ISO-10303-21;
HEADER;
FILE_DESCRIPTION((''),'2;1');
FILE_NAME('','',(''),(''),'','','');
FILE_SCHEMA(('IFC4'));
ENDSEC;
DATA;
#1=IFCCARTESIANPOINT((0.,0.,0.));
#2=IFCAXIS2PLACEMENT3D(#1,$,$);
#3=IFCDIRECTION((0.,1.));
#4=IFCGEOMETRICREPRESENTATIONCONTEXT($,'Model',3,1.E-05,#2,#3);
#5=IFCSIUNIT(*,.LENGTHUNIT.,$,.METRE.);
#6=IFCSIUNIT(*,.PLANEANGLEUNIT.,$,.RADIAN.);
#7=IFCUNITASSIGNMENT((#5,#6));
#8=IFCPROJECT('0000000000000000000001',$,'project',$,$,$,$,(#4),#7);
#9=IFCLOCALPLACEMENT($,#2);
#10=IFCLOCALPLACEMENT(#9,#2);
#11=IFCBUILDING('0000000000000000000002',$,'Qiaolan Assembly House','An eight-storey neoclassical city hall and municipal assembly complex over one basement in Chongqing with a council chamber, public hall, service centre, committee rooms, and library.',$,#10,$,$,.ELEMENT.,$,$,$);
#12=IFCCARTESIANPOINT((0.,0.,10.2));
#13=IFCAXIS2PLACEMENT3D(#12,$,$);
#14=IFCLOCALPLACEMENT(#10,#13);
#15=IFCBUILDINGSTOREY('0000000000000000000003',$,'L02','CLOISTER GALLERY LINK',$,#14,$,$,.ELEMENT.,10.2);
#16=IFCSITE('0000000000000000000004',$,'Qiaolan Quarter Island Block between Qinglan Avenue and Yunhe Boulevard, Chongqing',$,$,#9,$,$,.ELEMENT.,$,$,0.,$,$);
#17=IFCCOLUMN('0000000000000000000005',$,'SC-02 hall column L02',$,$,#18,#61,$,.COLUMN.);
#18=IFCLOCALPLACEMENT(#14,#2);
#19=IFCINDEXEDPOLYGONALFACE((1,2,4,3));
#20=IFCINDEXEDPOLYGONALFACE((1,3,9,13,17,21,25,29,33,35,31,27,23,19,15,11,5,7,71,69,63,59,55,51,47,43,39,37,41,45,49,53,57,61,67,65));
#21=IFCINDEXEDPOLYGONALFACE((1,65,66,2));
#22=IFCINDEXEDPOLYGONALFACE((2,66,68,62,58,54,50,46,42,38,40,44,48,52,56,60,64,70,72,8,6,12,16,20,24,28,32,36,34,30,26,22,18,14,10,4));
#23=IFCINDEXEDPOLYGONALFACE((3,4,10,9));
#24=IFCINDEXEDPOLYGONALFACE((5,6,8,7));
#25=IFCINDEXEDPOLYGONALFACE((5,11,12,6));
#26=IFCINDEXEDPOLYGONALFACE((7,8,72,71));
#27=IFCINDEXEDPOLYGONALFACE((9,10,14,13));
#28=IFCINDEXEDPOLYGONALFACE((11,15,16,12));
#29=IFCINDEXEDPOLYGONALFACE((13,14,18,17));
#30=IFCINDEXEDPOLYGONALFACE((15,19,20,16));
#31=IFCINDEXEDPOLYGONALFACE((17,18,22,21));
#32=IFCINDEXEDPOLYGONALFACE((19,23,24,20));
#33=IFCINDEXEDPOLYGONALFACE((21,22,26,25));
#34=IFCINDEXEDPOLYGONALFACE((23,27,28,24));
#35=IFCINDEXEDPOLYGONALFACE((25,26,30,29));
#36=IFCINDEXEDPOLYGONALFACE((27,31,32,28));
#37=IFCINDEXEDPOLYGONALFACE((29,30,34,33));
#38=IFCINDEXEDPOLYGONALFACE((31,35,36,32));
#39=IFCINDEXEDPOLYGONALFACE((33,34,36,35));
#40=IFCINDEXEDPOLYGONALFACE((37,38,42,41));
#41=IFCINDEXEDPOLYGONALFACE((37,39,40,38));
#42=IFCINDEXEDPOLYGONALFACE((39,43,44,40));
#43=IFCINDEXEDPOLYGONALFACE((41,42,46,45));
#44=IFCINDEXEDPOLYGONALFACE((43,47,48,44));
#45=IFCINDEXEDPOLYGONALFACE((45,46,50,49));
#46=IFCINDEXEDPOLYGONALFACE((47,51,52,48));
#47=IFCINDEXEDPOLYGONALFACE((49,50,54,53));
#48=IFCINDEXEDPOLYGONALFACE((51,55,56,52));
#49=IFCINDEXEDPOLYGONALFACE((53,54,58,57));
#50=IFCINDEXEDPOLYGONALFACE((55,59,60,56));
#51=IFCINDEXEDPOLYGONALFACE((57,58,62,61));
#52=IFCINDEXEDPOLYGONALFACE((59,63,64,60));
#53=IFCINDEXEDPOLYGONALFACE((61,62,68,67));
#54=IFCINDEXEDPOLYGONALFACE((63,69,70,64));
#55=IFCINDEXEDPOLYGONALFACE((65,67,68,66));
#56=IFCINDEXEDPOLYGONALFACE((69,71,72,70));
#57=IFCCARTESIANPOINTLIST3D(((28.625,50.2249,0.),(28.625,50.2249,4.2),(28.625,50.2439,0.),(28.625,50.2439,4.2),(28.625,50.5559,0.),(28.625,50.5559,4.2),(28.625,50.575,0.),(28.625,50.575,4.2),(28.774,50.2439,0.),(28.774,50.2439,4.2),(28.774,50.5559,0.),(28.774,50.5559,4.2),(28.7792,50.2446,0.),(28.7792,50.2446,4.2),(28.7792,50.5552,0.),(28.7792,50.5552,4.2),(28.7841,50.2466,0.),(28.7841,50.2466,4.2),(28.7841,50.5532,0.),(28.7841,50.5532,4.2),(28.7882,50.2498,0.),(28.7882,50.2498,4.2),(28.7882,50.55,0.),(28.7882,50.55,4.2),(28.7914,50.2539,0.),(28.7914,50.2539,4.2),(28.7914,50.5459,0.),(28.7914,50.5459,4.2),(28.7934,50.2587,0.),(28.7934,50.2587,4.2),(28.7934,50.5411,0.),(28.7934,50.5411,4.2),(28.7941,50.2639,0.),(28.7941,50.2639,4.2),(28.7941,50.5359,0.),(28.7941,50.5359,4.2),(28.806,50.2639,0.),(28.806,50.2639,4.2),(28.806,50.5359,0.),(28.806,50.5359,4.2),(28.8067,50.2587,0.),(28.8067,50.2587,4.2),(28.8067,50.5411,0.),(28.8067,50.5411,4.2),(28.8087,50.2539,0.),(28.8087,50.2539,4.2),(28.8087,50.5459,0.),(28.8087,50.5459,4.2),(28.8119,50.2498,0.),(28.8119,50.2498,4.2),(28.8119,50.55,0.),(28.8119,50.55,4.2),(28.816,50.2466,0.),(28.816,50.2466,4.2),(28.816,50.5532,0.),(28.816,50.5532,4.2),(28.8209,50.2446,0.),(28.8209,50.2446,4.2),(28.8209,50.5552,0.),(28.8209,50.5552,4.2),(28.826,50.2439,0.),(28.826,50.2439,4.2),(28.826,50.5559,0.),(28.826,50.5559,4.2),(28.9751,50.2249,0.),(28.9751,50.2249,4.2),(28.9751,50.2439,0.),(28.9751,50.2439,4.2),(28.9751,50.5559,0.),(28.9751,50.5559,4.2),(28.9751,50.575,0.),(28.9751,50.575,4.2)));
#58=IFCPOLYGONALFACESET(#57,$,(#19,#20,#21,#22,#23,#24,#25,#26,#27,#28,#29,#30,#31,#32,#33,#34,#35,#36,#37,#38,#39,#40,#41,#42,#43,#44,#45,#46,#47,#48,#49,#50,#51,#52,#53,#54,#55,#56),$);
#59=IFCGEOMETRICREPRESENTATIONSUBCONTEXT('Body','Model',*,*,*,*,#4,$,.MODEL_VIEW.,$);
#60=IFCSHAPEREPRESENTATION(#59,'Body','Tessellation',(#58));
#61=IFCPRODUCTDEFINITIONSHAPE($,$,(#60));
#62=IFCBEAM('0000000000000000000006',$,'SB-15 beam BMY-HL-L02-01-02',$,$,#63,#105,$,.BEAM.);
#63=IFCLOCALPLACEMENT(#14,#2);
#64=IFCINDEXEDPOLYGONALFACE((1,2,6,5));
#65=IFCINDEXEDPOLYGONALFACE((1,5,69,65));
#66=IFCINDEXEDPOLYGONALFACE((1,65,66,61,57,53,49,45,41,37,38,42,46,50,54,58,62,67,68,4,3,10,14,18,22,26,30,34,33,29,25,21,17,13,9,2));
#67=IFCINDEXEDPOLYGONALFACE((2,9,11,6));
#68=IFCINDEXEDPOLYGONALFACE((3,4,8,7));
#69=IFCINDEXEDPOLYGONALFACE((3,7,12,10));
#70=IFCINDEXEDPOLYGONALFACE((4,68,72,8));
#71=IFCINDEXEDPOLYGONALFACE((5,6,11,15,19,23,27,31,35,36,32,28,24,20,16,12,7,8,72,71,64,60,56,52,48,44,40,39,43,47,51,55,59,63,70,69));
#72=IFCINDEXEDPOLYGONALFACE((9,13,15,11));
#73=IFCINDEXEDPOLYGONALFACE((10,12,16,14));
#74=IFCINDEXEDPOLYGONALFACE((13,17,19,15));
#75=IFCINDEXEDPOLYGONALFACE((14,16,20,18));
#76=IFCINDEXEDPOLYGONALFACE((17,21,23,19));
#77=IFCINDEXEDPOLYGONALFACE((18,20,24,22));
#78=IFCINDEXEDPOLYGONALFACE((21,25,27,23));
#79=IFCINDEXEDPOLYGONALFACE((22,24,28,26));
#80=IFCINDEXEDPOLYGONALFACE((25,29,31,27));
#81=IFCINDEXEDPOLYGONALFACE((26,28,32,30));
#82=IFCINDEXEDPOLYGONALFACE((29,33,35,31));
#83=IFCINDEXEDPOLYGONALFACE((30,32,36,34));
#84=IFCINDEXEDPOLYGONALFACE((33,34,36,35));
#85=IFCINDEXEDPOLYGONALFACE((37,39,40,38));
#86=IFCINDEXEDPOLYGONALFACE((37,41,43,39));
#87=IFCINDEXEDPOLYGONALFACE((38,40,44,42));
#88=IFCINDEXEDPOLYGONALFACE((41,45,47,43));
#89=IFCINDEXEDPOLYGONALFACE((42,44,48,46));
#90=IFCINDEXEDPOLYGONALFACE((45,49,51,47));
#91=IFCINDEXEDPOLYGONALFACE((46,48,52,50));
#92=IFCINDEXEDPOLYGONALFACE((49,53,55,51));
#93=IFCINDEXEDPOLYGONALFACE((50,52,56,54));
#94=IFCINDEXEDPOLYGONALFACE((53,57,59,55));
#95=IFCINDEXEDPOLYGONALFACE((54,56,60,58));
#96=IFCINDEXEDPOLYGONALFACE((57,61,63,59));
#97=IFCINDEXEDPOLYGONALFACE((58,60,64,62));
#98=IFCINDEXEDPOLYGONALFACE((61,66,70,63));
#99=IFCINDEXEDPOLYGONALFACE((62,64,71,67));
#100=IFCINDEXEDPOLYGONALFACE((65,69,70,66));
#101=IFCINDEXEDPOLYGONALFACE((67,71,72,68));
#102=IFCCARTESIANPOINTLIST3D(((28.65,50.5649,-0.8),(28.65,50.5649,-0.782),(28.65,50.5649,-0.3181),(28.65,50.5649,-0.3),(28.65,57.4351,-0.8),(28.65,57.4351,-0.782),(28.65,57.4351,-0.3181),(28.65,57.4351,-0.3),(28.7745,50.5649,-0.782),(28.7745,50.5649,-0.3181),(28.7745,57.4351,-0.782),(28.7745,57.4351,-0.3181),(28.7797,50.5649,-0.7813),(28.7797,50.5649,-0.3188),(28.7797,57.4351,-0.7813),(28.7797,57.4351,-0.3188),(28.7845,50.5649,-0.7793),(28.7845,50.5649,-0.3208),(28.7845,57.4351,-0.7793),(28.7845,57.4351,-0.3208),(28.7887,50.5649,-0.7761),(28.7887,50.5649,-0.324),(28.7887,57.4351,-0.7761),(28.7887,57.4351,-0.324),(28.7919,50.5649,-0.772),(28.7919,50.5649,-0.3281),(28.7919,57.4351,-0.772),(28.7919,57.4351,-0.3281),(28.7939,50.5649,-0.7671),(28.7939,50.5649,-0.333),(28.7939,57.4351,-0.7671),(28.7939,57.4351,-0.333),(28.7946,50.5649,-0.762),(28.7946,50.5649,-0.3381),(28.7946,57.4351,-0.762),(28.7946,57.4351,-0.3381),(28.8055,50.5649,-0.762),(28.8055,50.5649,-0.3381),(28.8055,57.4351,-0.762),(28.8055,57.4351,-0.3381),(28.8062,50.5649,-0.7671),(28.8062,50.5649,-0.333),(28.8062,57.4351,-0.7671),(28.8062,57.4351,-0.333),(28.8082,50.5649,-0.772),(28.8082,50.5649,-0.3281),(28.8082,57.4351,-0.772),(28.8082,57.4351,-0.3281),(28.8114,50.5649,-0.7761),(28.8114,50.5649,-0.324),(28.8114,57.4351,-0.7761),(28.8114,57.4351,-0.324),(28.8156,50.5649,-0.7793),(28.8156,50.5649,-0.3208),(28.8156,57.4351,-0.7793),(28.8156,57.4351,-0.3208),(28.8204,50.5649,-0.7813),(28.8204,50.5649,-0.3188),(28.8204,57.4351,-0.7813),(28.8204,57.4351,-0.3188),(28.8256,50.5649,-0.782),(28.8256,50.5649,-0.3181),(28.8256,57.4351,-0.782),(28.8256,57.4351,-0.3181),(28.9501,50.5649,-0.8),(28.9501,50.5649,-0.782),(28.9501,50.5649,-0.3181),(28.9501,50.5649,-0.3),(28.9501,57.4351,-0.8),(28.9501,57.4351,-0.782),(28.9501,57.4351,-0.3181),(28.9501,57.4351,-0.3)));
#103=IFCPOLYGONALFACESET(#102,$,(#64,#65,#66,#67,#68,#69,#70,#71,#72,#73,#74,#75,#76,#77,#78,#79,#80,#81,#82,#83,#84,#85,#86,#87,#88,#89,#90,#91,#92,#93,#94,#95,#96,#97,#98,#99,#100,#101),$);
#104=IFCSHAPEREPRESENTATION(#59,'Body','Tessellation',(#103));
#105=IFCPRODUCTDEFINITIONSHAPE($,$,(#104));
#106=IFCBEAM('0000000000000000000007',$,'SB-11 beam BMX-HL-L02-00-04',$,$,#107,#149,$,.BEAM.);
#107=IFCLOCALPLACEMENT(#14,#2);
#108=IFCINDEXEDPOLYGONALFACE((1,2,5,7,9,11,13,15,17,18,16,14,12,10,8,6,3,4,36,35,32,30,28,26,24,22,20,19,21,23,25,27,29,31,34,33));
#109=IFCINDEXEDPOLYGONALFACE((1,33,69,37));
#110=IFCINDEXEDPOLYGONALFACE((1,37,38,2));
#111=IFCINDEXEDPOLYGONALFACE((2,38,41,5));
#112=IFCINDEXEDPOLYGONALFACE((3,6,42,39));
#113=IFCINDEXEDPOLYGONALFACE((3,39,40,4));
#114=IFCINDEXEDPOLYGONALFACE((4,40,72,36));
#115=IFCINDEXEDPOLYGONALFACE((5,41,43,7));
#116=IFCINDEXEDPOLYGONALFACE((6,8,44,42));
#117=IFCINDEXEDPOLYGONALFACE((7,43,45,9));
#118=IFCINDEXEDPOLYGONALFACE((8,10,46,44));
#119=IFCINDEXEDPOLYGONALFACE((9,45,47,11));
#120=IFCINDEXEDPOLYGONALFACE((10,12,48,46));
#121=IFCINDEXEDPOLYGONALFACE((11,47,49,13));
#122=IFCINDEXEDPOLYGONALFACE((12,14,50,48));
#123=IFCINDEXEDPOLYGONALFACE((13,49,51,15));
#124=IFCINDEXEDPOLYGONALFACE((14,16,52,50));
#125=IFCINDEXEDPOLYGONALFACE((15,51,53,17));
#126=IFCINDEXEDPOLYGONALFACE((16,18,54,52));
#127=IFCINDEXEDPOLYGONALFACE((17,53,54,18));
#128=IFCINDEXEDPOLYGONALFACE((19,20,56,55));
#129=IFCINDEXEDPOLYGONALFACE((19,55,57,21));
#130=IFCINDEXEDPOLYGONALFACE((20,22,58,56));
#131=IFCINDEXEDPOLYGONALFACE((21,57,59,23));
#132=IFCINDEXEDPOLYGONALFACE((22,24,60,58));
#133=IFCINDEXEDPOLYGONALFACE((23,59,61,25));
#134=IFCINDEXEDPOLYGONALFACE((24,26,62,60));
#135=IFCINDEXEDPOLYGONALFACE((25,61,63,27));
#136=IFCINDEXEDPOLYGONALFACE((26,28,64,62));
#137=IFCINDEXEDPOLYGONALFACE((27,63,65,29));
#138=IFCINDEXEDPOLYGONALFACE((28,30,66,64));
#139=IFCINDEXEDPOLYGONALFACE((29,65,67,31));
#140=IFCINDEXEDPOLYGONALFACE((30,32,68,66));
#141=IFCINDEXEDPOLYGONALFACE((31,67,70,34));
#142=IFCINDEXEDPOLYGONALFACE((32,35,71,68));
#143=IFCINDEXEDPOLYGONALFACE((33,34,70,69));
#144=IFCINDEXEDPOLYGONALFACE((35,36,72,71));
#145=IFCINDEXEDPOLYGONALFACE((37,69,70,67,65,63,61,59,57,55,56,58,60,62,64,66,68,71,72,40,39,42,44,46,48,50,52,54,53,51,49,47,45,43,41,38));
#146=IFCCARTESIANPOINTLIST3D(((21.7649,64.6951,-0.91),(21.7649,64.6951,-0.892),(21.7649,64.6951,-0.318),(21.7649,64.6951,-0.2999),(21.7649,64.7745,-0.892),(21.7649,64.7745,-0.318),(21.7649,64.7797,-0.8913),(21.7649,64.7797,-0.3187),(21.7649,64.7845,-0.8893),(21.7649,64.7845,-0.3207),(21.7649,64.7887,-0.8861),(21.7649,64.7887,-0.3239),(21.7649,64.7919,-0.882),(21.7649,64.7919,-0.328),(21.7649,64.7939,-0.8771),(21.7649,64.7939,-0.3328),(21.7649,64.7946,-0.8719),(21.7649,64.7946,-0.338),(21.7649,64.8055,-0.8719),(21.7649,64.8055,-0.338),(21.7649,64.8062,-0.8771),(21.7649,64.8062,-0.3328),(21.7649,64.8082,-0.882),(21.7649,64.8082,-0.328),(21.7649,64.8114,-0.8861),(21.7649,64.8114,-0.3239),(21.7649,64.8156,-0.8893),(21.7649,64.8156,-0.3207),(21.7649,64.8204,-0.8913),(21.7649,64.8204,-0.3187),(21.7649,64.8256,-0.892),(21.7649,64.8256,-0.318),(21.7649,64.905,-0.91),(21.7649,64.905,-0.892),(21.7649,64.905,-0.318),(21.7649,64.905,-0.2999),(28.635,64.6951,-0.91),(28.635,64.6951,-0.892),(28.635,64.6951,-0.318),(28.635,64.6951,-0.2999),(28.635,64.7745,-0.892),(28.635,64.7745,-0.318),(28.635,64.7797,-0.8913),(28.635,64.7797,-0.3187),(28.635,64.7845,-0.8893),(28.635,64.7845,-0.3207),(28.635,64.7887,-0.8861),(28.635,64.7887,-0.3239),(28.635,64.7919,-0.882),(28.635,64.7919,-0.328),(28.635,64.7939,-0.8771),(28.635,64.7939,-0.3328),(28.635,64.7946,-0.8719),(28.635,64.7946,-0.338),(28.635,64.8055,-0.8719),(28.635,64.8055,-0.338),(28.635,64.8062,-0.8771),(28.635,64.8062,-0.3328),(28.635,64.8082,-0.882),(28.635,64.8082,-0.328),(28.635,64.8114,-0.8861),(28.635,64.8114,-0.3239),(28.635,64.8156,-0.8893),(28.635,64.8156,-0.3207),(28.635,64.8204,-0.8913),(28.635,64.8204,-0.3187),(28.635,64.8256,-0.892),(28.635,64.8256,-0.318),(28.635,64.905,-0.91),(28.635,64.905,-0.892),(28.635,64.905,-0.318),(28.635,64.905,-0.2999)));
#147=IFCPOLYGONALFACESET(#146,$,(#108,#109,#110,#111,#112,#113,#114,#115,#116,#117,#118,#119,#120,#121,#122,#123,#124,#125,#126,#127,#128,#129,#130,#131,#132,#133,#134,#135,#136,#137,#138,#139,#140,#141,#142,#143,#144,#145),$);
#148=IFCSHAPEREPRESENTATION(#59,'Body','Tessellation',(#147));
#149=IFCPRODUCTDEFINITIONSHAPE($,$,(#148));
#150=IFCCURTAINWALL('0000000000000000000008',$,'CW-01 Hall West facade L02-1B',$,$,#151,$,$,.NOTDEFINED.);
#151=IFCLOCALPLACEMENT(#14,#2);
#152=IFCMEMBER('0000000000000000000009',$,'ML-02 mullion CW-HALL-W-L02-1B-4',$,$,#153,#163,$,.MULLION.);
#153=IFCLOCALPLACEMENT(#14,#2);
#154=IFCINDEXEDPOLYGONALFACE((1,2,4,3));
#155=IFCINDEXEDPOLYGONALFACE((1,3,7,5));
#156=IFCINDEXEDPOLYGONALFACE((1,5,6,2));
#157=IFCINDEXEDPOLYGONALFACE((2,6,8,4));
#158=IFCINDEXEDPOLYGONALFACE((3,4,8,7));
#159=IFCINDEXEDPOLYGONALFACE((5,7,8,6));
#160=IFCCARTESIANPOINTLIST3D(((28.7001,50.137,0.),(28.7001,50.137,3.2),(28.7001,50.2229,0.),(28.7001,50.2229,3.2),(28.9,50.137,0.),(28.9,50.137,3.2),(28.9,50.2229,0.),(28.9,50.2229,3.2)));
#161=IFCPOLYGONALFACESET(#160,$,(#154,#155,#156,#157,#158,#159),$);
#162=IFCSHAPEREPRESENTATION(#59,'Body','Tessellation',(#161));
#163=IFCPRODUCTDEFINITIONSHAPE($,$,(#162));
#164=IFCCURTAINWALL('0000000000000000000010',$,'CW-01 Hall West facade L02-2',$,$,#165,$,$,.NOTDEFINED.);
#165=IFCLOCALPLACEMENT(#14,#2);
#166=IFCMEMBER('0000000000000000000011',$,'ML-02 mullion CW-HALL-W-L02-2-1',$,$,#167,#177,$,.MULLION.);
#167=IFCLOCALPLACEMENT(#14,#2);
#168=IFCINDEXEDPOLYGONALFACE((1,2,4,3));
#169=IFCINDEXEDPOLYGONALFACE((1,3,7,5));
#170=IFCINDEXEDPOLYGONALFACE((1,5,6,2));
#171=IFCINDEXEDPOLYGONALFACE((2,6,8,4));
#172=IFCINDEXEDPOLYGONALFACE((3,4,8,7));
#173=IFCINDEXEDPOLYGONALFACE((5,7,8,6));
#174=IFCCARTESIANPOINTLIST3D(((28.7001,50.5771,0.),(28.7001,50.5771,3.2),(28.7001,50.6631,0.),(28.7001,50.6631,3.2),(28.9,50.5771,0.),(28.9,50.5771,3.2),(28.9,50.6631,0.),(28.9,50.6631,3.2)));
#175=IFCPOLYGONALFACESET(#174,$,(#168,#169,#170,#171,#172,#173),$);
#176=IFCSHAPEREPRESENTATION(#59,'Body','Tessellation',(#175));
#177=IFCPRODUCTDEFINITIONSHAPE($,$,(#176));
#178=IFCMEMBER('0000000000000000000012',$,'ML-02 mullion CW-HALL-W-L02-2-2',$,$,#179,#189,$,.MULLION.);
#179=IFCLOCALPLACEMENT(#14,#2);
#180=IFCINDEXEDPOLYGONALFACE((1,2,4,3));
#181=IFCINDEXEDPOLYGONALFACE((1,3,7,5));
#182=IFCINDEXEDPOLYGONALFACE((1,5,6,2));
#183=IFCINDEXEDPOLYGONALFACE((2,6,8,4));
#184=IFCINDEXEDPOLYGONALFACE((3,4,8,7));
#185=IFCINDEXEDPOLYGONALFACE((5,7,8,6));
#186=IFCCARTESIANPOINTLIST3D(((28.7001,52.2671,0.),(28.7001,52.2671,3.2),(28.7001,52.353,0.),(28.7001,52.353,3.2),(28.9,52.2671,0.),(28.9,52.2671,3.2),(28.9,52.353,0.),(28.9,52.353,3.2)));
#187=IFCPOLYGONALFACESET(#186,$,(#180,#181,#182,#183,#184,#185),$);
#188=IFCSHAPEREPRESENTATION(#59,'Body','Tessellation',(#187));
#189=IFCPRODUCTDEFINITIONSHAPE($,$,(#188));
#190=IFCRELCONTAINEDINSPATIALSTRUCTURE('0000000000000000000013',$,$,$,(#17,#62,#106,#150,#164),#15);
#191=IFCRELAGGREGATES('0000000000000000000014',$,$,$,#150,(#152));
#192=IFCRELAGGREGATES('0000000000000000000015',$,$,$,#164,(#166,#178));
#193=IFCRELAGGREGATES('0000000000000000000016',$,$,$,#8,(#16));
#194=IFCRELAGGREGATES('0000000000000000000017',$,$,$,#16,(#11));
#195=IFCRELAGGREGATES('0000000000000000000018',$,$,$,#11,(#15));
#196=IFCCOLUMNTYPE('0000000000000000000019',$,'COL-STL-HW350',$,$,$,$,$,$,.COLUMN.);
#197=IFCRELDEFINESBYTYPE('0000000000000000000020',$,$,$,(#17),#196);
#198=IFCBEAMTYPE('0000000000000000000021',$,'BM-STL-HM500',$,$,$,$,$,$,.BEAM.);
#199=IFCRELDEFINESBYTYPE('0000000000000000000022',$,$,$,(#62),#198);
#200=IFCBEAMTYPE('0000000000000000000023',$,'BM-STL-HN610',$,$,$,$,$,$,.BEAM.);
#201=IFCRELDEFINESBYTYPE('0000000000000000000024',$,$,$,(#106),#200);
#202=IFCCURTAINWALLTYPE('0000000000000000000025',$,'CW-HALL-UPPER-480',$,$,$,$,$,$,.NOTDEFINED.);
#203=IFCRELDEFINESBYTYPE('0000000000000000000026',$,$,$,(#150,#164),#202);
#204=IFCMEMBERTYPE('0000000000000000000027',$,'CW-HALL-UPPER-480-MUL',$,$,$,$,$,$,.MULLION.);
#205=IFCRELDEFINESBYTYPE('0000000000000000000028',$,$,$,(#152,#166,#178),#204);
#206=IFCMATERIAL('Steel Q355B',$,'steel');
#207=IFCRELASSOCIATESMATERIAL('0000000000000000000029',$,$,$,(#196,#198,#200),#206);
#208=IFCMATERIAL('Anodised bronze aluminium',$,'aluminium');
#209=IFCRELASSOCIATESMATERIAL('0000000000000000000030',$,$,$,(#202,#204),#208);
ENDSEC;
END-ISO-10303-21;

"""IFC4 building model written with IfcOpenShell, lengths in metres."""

from ifc_helpers import new_model, si_unit, direction, frame, origin, origin_2d, place, context, subcontext, project, spatial, rectangle, i_section, extrude, material, material_profile, profile_set, type_object, element, aggregate, save


model = new_model("IFC4")

# Units and contexts
model_context = context("Model", 3, precision=1e-05, world=origin(), true_north=direction((0.0, 1.0)))
body_context = subcontext(model_context, "Body", "Model", "MODEL_VIEW")
ifc_project = project(units=[si_unit("LENGTHUNIT", "METRE"), si_unit("PLANEANGLEUNIT", "RADIAN")], contexts=[model_context])

# Site, building, storey
site_placement = place(None, origin())
site = spatial("IfcSite", under=ifc_project, at=site_placement, Name="Qiaolan Quarter Island Block between Qinglan Avenue and Yunhe Boulevard, Chongqing", CompositionType="ELEMENT", RefElevation=0.0)
building_placement = place(site_placement, origin())
building = spatial("IfcBuilding", under=site, at=building_placement, Name="Qiaolan Assembly House", Description="An eight-storey neoclassical city hall and municipal assembly complex over one basement in Chongqing with a council chamber, public hall, service centre, committee rooms, and library.", CompositionType="ELEMENT")
storey_placement = place(building_placement, frame((0.0, 0.0, 10.2)))
storey = spatial("IfcBuildingStorey", under=building, at=storey_placement, Name="L02", Description="CLOISTER GALLERY LINK", CompositionType="ELEMENT", Elevation=10.2)

# Column
ifc_material_1 = material(Name="Steel Q355B", Category="steel")
ifc_material_profile_1 = material_profile(ifc_material_1, i_section(OverallWidth=0.3501, OverallDepth=0.3501, WebThickness=0.012, FlangeThickness=0.019, FilletRadius=0.02, at=origin_2d()), Name="HW 350x350x12x19")
ifc_profile_set_1 = profile_set([ifc_material_profile_1], Name="Steel Q355B")
column_type = type_object("IfcColumnType", Name="COL-STL-HW350", PredefinedType="COLUMN", material=ifc_profile_set_1)
column_placement = place(storey_placement, frame((28.8, 50.3999, 0.0), z_axis=(0.0, 0.0, 1.0), x_axis=(1.0, 0.0, 0.0)))
element("IfcColumn", 1, at=column_placement, inside=storey, type_object=column_type, Name="SC-02 hall column L02", PredefinedType="COLUMN", context=body_context, shape_type="SweptSolid", body=[
    extrude(i_section(OverallWidth=0.3501, OverallDepth=0.3501, WebThickness=0.012, FlangeThickness=0.019, FilletRadius=0.02, at=origin_2d()), origin(), (0.0, 0.0, 1.0), 4.2),
])

# Beams
ifc_material_profile_2 = material_profile(ifc_material_1, i_section(OverallWidth=0.3, OverallDepth=0.5, WebThickness=0.011, FlangeThickness=0.0181, FilletRadius=0.02, at=origin_2d()), Name="HM 500x300x11x18")
ifc_profile_set_2 = profile_set([ifc_material_profile_2], Name="Steel Q355B")
beam_type_1 = type_object("IfcBeamType", Name="BM-STL-HM500", PredefinedType="BEAM", material=ifc_profile_set_2)
beam_1_placement = place(storey_placement, frame((28.8, 50.5649, -0.55), z_axis=(0.0, 1.0, 0.0), x_axis=(-1.0, 0.0, 0.0)))
element("IfcBeam", 2, at=beam_1_placement, inside=storey, type_object=beam_type_1, Name="SB-15 beam BMY-HL-L02-01-02", PredefinedType="BEAM", context=body_context, shape_type="SweptSolid", body=[
    extrude(i_section(OverallWidth=0.3, OverallDepth=0.5, WebThickness=0.011, FlangeThickness=0.0181, FilletRadius=0.02, at=origin_2d()), origin(), (0.0, 0.0, 1.0), 6.8701),
])
ifc_material_profile_3 = material_profile(ifc_material_1, i_section(OverallWidth=0.21, OverallDepth=0.6101, WebThickness=0.011, FlangeThickness=0.0181, FilletRadius=0.02, at=origin_2d()), Name="HN 610x210x11x18")
ifc_profile_set_3 = profile_set([ifc_material_profile_3], Name="Steel Q355B")
beam_type_2 = type_object("IfcBeamType", Name="BM-STL-HN610", PredefinedType="BEAM", material=ifc_profile_set_3)
beam_2_placement = place(storey_placement, frame((21.7649, 64.8, -0.605), z_axis=(1.0, 0.0, 0.0), x_axis=(0.0, 1.0, 0.0)))
element("IfcBeam", 3, at=beam_2_placement, inside=storey, type_object=beam_type_2, Name="SB-11 beam BMX-HL-L02-00-04", PredefinedType="BEAM", context=body_context, shape_type="SweptSolid", body=[
    extrude(i_section(OverallWidth=0.21, OverallDepth=0.6101, WebThickness=0.011, FlangeThickness=0.0181, FilletRadius=0.02, at=origin_2d()), origin(), (0.0, 0.0, 1.0), 6.8701),
])

# Curtain wall, member
ifc_material_2 = material(Name="Anodised bronze aluminium", Category="aluminium")
curtain_wall_type = type_object("IfcCurtainWallType", Name="CW-HALL-UPPER-480", PredefinedType="NOTDEFINED", material=ifc_material_2)
curtain_wall_1_placement = place(storey_placement, origin())
curtain_wall_1 = element("IfcCurtainWall", 4, at=curtain_wall_1_placement, inside=storey, type_object=curtain_wall_type, Name="CW-01 Hall West facade L02-1B", PredefinedType="NOTDEFINED")
ifc_material_profile_4 = material_profile(ifc_material_2, rectangle(XDim=0.0859, YDim=0.2, at=origin_2d()), Name="MUL 86x200")
ifc_profile_set_4 = profile_set([ifc_material_profile_4], Name="Anodised bronze aluminium")
member_type_1 = type_object("IfcMemberType", Name="CW-HALL-UPPER-480-MUL", PredefinedType="MULLION", material=ifc_profile_set_4)
member_1_placement = place(storey_placement, frame((28.8, 50.1799, 0.0), z_axis=(0.0, 0.0, 1.0), x_axis=(0.0, 1.0, 0.0)))
member_1 = element("IfcMember", 5, at=member_1_placement, type_object=member_type_1, Name="ML-02 mullion CW-HALL-W-L02-1B-4", PredefinedType="MULLION", context=body_context, shape_type="SweptSolid", body=[
    extrude(rectangle(XDim=0.0859, YDim=0.2, at=origin_2d()), origin(), (0.0, 0.0, 1.0), 3.2),
])
aggregate(curtain_wall_1, [member_1])

# Curtain wall, members
curtain_wall_2_placement = place(storey_placement, origin())
curtain_wall_2 = element("IfcCurtainWall", 6, at=curtain_wall_2_placement, inside=storey, type_object=curtain_wall_type, Name="CW-01 Hall West facade L02-2", PredefinedType="NOTDEFINED")
member_2_placement = place(storey_placement, frame((28.8, 50.6201, 0.0), z_axis=(0.0, 0.0, 1.0), x_axis=(0.0, 1.0, 0.0)))
member_2 = element("IfcMember", 7, at=member_2_placement, type_object=member_type_1, Name="ML-02 mullion CW-HALL-W-L02-2-1", PredefinedType="MULLION", context=body_context, shape_type="SweptSolid", body=[
    extrude(rectangle(XDim=0.0859, YDim=0.2, at=origin_2d()), origin(), (0.0, 0.0, 1.0), 3.2),
])
member_3_placement = place(storey_placement, frame((28.8, 52.3101, 0.0), z_axis=(0.0, 0.0, 1.0), x_axis=(0.0, 1.0, 0.0)))
member_3 = element("IfcMember", 8, at=member_3_placement, type_object=member_type_1, Name="ML-02 mullion CW-HALL-W-L02-2-2", PredefinedType="MULLION", context=body_context, shape_type="SweptSolid", body=[
    extrude(rectangle(XDim=0.0859, YDim=0.2, at=origin_2d()), origin(), (0.0, 0.0, 1.0), 3.2),
])
aggregate(curtain_wall_2, [member_2, member_3])

save(model, "model.ifc")
